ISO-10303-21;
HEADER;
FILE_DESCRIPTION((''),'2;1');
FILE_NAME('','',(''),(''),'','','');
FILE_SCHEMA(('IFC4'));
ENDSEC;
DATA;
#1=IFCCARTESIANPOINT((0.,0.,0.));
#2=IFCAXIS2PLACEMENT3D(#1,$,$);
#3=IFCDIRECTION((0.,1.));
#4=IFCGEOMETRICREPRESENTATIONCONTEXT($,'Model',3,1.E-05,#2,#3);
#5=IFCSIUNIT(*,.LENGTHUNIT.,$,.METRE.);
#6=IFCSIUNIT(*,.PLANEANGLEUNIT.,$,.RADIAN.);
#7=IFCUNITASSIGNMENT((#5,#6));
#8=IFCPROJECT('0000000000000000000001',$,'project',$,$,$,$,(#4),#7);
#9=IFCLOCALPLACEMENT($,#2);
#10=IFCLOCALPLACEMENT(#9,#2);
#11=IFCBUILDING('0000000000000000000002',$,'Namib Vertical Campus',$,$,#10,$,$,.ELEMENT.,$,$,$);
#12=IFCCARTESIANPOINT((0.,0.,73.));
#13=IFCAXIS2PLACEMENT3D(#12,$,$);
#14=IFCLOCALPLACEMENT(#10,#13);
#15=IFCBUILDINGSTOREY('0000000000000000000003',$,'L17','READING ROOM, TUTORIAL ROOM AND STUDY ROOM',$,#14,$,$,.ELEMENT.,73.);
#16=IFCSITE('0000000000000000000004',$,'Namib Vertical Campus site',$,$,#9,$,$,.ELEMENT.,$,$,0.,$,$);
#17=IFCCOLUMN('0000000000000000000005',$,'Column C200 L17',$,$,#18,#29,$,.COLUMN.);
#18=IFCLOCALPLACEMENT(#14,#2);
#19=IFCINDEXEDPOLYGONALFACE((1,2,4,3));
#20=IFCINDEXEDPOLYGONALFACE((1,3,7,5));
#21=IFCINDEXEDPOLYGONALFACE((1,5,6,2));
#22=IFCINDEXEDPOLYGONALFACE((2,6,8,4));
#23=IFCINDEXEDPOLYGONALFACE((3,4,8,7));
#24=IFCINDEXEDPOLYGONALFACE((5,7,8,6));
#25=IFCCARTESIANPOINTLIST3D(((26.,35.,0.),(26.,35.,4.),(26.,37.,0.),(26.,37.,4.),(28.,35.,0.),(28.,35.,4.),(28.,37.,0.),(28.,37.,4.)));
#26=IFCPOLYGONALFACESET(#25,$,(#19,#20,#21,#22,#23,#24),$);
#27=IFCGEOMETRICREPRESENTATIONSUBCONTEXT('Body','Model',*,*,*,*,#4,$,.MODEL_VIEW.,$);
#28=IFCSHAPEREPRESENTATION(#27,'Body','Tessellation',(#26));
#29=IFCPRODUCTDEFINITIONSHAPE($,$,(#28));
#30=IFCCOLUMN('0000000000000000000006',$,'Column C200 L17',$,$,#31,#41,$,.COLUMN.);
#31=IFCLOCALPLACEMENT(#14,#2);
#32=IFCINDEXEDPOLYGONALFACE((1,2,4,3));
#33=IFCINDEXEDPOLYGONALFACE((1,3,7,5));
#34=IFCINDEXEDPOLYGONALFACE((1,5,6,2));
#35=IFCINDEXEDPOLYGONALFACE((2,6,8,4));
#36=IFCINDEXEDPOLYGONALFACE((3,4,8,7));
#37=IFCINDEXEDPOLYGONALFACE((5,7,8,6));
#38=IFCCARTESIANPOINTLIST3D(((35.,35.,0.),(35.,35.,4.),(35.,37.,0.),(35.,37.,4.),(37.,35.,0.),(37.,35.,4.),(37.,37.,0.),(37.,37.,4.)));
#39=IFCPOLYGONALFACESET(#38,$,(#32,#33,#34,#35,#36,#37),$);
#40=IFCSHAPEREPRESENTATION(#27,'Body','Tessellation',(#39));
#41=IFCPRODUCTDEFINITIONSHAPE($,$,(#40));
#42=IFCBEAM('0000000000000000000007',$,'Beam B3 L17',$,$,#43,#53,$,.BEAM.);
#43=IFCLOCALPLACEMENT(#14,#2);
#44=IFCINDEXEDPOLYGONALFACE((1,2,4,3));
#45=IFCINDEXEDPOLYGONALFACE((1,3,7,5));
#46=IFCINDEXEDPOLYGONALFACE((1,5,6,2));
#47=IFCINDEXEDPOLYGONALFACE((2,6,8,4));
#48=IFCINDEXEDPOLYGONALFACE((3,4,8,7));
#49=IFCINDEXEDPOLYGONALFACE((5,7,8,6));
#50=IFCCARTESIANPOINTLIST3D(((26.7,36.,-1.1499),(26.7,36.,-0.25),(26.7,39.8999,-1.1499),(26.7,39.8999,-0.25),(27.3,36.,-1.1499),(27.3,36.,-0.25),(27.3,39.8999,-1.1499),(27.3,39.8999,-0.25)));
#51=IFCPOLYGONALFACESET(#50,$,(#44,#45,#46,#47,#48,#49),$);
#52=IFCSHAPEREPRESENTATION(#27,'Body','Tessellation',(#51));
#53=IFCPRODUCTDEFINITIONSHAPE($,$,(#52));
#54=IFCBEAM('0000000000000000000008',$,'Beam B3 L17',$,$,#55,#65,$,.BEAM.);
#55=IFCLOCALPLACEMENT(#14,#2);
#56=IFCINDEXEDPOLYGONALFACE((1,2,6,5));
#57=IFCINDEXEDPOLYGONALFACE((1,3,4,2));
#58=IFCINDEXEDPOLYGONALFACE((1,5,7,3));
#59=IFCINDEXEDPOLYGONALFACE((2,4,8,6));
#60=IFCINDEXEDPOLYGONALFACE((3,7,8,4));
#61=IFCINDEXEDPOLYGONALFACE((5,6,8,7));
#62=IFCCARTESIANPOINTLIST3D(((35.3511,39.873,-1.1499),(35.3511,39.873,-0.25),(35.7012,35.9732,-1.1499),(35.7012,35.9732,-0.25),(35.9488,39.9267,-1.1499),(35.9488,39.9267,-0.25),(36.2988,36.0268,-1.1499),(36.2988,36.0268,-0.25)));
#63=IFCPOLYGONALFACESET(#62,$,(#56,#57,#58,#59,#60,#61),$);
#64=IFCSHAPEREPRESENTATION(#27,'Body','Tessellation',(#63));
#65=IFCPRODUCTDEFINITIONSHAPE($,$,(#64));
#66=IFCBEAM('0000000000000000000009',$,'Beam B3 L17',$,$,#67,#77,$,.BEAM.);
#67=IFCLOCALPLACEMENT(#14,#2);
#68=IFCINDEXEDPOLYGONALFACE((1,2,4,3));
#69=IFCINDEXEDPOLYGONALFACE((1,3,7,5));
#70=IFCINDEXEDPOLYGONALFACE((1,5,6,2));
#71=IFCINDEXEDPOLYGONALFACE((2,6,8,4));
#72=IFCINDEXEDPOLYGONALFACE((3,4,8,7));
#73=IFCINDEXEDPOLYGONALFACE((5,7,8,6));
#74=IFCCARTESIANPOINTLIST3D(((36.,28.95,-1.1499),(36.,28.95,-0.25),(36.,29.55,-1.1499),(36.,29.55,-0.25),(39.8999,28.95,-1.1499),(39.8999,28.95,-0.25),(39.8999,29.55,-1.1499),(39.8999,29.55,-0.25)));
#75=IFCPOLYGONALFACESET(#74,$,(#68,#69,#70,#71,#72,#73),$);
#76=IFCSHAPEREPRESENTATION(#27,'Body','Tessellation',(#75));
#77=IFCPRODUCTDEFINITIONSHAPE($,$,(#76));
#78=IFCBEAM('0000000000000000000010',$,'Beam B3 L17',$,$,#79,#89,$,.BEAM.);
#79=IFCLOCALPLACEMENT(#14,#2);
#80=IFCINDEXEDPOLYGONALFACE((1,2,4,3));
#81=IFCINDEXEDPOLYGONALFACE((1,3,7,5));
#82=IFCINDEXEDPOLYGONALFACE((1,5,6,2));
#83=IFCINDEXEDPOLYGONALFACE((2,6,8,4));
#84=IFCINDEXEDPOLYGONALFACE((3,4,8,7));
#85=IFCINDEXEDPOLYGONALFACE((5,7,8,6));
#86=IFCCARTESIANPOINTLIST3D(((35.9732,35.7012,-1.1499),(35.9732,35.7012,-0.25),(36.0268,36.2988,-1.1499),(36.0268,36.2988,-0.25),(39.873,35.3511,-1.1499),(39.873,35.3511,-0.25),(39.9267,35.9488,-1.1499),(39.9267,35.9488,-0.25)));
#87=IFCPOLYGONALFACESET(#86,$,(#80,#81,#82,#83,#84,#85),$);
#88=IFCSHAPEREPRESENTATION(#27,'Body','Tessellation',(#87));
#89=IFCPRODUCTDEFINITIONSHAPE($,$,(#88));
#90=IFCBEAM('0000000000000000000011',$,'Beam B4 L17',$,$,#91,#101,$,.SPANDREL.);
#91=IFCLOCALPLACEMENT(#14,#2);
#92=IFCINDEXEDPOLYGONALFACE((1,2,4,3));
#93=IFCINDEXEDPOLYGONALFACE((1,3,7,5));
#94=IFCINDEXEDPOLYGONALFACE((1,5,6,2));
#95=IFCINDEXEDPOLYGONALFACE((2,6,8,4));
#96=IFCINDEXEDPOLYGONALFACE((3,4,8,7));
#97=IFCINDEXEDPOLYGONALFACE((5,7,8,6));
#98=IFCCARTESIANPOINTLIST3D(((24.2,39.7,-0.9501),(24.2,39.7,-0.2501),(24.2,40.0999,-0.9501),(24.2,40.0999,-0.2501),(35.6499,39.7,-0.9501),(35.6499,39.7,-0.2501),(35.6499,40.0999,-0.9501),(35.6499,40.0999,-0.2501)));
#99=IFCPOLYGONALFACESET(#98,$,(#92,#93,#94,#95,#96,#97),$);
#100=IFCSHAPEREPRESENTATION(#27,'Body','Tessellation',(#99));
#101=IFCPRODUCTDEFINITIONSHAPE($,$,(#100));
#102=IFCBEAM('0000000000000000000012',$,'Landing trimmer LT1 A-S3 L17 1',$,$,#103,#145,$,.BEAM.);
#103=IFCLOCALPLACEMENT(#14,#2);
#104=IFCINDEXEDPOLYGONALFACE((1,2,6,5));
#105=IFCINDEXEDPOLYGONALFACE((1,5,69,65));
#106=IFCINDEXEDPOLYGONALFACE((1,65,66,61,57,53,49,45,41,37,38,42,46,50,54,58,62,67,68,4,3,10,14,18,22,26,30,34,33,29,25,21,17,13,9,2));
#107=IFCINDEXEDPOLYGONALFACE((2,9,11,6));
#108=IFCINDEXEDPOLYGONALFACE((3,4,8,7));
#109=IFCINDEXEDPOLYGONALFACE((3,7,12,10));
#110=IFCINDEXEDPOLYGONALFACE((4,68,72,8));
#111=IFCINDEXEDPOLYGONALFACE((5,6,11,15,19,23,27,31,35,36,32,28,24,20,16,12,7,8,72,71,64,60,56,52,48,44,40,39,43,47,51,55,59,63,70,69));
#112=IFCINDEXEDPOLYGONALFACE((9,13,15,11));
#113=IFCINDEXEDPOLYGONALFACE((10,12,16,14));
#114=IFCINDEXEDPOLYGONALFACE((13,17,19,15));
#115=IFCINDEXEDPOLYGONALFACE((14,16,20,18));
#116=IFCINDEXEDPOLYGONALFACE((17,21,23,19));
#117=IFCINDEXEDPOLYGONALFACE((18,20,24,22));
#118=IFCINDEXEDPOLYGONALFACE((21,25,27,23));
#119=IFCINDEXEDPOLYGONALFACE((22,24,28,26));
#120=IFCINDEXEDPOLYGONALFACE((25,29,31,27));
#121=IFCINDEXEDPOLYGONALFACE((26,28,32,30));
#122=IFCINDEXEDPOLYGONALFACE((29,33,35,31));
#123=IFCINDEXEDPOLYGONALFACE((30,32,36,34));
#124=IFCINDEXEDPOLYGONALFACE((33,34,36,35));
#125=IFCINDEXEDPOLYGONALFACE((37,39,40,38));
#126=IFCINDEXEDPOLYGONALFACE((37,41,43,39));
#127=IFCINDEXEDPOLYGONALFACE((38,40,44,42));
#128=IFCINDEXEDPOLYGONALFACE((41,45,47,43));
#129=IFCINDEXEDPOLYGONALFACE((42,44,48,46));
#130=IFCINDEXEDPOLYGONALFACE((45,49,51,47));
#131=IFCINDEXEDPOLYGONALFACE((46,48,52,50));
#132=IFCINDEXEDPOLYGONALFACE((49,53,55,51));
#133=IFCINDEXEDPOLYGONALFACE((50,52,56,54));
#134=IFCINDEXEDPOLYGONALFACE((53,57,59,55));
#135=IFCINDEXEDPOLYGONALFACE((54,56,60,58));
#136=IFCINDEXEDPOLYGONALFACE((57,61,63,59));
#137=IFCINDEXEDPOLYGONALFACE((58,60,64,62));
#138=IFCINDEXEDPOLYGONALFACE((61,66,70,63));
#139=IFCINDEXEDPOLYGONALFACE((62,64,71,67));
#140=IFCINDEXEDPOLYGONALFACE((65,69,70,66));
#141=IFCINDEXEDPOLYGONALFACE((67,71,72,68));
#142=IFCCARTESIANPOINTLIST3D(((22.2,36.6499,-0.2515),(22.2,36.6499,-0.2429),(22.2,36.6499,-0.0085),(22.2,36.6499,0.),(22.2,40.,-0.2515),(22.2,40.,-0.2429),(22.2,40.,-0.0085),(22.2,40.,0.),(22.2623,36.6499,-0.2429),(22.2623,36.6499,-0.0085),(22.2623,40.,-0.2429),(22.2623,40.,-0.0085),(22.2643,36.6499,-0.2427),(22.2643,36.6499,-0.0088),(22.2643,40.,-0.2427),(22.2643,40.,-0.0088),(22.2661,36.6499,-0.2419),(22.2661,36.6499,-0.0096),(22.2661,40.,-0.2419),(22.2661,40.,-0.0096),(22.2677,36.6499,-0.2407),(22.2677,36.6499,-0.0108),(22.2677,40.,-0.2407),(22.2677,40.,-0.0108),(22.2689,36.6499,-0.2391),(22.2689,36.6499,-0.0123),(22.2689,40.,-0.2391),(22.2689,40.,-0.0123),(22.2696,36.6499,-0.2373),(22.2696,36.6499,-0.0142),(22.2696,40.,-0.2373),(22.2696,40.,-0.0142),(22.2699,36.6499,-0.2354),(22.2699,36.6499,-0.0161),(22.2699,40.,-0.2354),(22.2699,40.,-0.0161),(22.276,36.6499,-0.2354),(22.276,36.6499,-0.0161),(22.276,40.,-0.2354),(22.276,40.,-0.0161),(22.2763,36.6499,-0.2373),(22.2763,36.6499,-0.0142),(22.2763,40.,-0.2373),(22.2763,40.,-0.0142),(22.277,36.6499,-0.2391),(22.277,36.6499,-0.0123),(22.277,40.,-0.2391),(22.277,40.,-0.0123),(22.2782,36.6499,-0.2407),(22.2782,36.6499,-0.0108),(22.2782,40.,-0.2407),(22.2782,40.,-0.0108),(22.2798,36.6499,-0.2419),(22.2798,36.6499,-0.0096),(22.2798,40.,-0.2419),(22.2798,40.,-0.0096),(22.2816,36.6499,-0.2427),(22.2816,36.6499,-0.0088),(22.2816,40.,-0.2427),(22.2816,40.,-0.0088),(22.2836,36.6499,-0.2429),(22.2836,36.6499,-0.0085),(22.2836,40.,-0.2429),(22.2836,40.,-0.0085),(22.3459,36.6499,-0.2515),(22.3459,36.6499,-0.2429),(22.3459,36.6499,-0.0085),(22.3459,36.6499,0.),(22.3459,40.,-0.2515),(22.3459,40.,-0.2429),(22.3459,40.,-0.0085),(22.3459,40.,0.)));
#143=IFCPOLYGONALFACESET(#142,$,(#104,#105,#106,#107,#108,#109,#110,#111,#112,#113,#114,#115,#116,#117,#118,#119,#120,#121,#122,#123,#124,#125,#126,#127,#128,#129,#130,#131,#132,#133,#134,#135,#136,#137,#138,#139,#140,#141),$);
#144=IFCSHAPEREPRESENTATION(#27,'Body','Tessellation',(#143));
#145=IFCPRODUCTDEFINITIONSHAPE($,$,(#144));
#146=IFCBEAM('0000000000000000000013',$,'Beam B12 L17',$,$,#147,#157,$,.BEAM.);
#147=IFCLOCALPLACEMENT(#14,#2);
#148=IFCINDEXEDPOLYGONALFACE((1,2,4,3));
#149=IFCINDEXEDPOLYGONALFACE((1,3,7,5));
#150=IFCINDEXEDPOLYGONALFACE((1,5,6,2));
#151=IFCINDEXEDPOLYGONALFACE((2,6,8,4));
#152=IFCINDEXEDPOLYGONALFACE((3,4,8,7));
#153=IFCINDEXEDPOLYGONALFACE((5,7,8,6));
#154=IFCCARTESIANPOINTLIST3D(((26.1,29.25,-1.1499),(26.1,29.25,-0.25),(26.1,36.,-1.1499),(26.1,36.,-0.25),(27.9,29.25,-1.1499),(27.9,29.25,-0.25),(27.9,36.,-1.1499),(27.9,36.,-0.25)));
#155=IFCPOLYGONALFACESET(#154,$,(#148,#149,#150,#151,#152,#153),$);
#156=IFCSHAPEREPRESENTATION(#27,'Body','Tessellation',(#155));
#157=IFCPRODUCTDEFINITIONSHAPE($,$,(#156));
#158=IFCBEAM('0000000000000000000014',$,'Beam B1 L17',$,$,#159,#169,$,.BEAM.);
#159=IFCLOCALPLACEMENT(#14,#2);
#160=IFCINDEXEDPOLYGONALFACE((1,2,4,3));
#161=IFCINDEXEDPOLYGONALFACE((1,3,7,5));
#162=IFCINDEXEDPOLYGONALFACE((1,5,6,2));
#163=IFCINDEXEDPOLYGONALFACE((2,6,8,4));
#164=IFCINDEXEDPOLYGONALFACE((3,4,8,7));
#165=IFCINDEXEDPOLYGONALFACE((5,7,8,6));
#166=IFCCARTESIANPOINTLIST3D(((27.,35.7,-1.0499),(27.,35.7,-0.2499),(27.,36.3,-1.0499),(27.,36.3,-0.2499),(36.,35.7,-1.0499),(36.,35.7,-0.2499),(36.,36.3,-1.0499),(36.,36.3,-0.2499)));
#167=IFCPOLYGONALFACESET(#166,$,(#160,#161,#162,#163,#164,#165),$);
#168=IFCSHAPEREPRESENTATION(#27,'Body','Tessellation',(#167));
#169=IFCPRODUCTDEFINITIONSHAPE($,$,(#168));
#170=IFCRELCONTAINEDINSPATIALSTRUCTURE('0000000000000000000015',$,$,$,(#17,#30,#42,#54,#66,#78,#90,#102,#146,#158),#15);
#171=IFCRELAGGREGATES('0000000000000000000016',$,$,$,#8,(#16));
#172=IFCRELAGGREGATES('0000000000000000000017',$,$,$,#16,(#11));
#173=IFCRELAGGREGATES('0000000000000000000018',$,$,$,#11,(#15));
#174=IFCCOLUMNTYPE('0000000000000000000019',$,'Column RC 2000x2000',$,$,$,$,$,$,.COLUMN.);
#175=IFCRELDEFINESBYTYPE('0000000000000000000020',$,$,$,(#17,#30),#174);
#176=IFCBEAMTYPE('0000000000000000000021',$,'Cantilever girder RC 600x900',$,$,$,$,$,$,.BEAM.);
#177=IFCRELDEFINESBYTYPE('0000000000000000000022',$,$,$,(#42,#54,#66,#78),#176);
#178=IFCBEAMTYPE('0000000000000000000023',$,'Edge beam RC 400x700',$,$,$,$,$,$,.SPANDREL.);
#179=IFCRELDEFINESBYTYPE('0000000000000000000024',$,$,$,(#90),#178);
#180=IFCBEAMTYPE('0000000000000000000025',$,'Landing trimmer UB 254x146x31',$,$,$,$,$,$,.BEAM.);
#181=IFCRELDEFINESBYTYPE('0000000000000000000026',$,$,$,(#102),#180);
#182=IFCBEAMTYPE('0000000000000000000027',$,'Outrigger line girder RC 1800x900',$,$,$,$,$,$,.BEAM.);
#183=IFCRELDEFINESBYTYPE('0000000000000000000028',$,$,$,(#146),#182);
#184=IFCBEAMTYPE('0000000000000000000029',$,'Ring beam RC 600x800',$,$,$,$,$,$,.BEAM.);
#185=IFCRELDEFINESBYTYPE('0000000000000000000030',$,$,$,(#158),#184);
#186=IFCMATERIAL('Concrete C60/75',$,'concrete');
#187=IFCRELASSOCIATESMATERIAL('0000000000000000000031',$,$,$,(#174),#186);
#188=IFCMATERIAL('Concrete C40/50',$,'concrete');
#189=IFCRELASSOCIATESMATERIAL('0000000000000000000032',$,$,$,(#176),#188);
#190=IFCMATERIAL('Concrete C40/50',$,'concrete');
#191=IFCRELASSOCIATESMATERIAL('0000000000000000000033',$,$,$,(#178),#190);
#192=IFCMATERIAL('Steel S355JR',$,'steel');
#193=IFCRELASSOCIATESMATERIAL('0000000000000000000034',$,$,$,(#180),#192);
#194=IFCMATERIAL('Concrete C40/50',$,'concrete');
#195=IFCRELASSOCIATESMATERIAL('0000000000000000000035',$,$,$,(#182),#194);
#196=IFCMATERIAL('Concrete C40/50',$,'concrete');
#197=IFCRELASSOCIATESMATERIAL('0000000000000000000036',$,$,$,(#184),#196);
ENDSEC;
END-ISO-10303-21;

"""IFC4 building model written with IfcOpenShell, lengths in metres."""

from ifc_helpers import new_model, si_unit, direction, frame, origin, origin_2d, place, context, subcontext, project, spatial, rectangle, i_section, extrude, material, material_profile, profile_set, type_object, element, save


model = new_model("IFC4")

# Units and contexts
model_context = context("Model", 3, precision=1e-05, world=origin(), true_north=direction((0.0, 1.0)))
body_context = subcontext(model_context, "Body", "Model", "MODEL_VIEW")
ifc_project = project(units=[si_unit("LENGTHUNIT", "METRE"), si_unit("PLANEANGLEUNIT", "RADIAN")], contexts=[model_context])

# Site, building, storey
site_placement = place(None, origin())
site = spatial("IfcSite", under=ifc_project, at=site_placement, Name="Namib Vertical Campus site", CompositionType="ELEMENT", RefElevation=0.0)
building_placement = place(site_placement, origin())
building = spatial("IfcBuilding", under=site, at=building_placement, Name="Namib Vertical Campus", CompositionType="ELEMENT")
storey_placement = place(building_placement, frame((0.0, 0.0, 73.0)))
storey = spatial("IfcBuildingStorey", under=building, at=storey_placement, Name="L17", Description="READING ROOM, TUTORIAL ROOM AND STUDY ROOM", CompositionType="ELEMENT", Elevation=73.0)

# Columns
ifc_material_1 = material(Name="Concrete C60/75", Category="concrete")
ifc_material_profile_1 = material_profile(ifc_material_1, rectangle(XDim=2.0, YDim=2.0, at=origin_2d()))
ifc_profile_set_1 = profile_set([ifc_material_profile_1], Name="Concrete C60/75")
column_type = type_object("IfcColumnType", Name="Column RC 2000x2000", PredefinedType="COLUMN", material=ifc_profile_set_1)
for number, where, z_axis, x_axis, name in (
    (1, (27.0, 36.0, 0.0), (0.0, 0.0, 1.0), (1.0, 0.0, 0.0), "Column C200 L17"),
    (2, (36.0, 36.0, 0.0), (0.0, 0.0, 1.0), (1.0, 0.0, 0.0), "Column C200 L17"),
):
    element("IfcColumn", number, at=place(storey_placement, frame(where, z_axis=z_axis, x_axis=x_axis)), inside=storey, type_object=column_type, Name=name, PredefinedType="COLUMN", context=body_context, shape_type="SweptSolid", body=[
        extrude(rectangle(XDim=2.0, YDim=2.0, at=origin_2d()), origin(), (0.0, 0.0, 1.0), 4.0),
    ])

# Beams
ifc_material_2 = material(Name="Concrete C40/50", Category="concrete")
ifc_material_profile_2 = material_profile(ifc_material_2, rectangle(XDim=0.6001, YDim=0.8999, at=origin_2d()))
ifc_profile_set_2 = profile_set([ifc_material_profile_2], Name="Concrete C40/50")
beam_type_1 = type_object("IfcBeamType", Name="Cantilever girder RC 600x900", PredefinedType="BEAM", material=ifc_profile_set_2)
beam_1_placement = place(storey_placement, frame((27.0, 36.0, -0.7), z_axis=(0.0, 1.0, 0.0), x_axis=(-1.0, 0.0, 0.0)))
element("IfcBeam", 3, at=beam_1_placement, inside=storey, type_object=beam_type_1, Name="Beam B3 L17", PredefinedType="BEAM", context=body_context, shape_type="SweptSolid", body=[
    extrude(rectangle(XDim=0.6001, YDim=0.8999, at=origin_2d()), origin(), (0.0, 0.0, 1.0), 3.8999),
])
beam_2_placement = place(storey_placement, frame((36.0, 36.0, -0.7), z_axis=(-0.089411, 0.995995, 0.0), x_axis=(-0.995995, -0.089411, 0.0)))
element("IfcBeam", 4, at=beam_2_placement, inside=storey, type_object=beam_type_1, Name="Beam B3 L17", PredefinedType="BEAM", context=body_context, shape_type="SweptSolid", body=[
    extrude(rectangle(XDim=0.6001, YDim=0.8999, at=origin_2d()), origin(), (0.0, 0.0, 1.0), 3.9155),
])
beam_3_placement = place(storey_placement, frame((36.0, 29.25, -0.7), z_axis=(1.0, 0.0, 0.0), x_axis=(0.0, 1.0, 0.0)))
element("IfcBeam", 5, at=beam_3_placement, inside=storey, type_object=beam_type_1, Name="Beam B3 L17", PredefinedType="BEAM", context=body_context, shape_type="SweptSolid", body=[
    extrude(rectangle(XDim=0.6001, YDim=0.8999, at=origin_2d()), origin(), (0.0, 0.0, 1.0), 3.8999),
])
beam_4_placement = place(storey_placement, frame((36.0, 36.0, -0.7), z_axis=(0.995995, -0.089411, 0.0), x_axis=(0.089411, 0.995995, 0.0)))
element("IfcBeam", 6, at=beam_4_placement, inside=storey, type_object=beam_type_1, Name="Beam B3 L17", PredefinedType="BEAM", context=body_context, shape_type="SweptSolid", body=[
    extrude(rectangle(XDim=0.6001, YDim=0.8999, at=origin_2d()), origin(), (0.0, 0.0, 1.0), 3.9155),
])
ifc_material_3 = material(Name="Concrete C40/50", Category="concrete")
ifc_material_profile_3 = material_profile(ifc_material_3, rectangle(XDim=0.3999, YDim=0.7, at=origin_2d()))
ifc_profile_set_3 = profile_set([ifc_material_profile_3], Name="Concrete C40/50")
beam_type_2 = type_object("IfcBeamType", Name="Edge beam RC 400x700", PredefinedType="SPANDREL", material=ifc_profile_set_3)
beam_5_placement = place(storey_placement, frame((24.2, 39.8999, -0.6001), z_axis=(1.0, 0.0, 0.0), x_axis=(0.0, 1.0, 0.0)))
element("IfcBeam", 7, at=beam_5_placement, inside=storey, type_object=beam_type_2, Name="Beam B4 L17", PredefinedType="SPANDREL", context=body_context, shape_type="SweptSolid", body=[
    extrude(rectangle(XDim=0.3999, YDim=0.7, at=origin_2d()), origin(), (0.0, 0.0, 1.0), 11.45),
])
ifc_material_4 = material(Name="Steel S355JR", Category="steel")
ifc_material_profile_4 = material_profile(ifc_material_4, i_section(OverallWidth=0.146, OverallDepth=0.2515, WebThickness=0.0061, FlangeThickness=0.0085, FilletRadius=0.0076, at=origin_2d()))
ifc_profile_set_4 = profile_set([ifc_material_profile_4], Name="Steel S355JR")
beam_type_3 = type_object("IfcBeamType", Name="Landing trimmer UB 254x146x31", PredefinedType="BEAM", material=ifc_profile_set_4)
beam_6_placement = place(storey_placement, frame((22.2729, 36.6499, -0.1257), z_axis=(0.0, 1.0, 0.0), x_axis=(-1.0, 0.0, 0.0)))
element("IfcBeam", 8, at=beam_6_placement, inside=storey, type_object=beam_type_3, Name="Landing trimmer LT1 A-S3 L17 1", PredefinedType="BEAM", context=body_context, shape_type="SweptSolid", body=[
    extrude(i_section(OverallWidth=0.146, OverallDepth=0.2515, WebThickness=0.0061, FlangeThickness=0.0085, FilletRadius=0.0076, at=origin_2d()), origin(), (0.0, 0.0, 1.0), 3.3501),
])
ifc_material_5 = material(Name="Concrete C40/50", Category="concrete")
ifc_material_profile_5 = material_profile(ifc_material_5, rectangle(XDim=1.8, YDim=0.8999, at=origin_2d()))
ifc_profile_set_5 = profile_set([ifc_material_profile_5], Name="Concrete C40/50")
beam_type_4 = type_object("IfcBeamType", Name="Outrigger line girder RC 1800x900", PredefinedType="BEAM", material=ifc_profile_set_5)
beam_7_placement = place(storey_placement, frame((27.0, 36.0, -0.7), z_axis=(0.0, -1.0, 0.0), x_axis=(1.0, 0.0, 0.0)))
element("IfcBeam", 9, at=beam_7_placement, inside=storey, type_object=beam_type_4, Name="Beam B12 L17", PredefinedType="BEAM", context=body_context, shape_type="SweptSolid", body=[
    extrude(rectangle(XDim=1.8, YDim=0.8999, at=origin_2d()), origin(), (0.0, 0.0, 1.0), 6.75),
])
ifc_material_6 = material(Name="Concrete C40/50", Category="concrete")
ifc_material_profile_6 = material_profile(ifc_material_6, rectangle(XDim=0.6001, YDim=0.8, at=origin_2d()))
ifc_profile_set_6 = profile_set([ifc_material_profile_6], Name="Concrete C40/50")
beam_type_5 = type_object("IfcBeamType", Name="Ring beam RC 600x800", PredefinedType="BEAM", material=ifc_profile_set_6)
beam_8_placement = place(storey_placement, frame((27.0, 36.0, -0.6499), z_axis=(1.0, 0.0, 0.0), x_axis=(0.0, 1.0, 0.0)))
element("IfcBeam", 10, at=beam_8_placement, inside=storey, type_object=beam_type_5, Name="Beam B1 L17", PredefinedType="BEAM", context=body_context, shape_type="SweptSolid", body=[
    extrude(rectangle(XDim=0.6001, YDim=0.8, at=origin_2d()), origin(), (0.0, 0.0, 1.0), 9.0),
])

save(model, "model.ifc")
